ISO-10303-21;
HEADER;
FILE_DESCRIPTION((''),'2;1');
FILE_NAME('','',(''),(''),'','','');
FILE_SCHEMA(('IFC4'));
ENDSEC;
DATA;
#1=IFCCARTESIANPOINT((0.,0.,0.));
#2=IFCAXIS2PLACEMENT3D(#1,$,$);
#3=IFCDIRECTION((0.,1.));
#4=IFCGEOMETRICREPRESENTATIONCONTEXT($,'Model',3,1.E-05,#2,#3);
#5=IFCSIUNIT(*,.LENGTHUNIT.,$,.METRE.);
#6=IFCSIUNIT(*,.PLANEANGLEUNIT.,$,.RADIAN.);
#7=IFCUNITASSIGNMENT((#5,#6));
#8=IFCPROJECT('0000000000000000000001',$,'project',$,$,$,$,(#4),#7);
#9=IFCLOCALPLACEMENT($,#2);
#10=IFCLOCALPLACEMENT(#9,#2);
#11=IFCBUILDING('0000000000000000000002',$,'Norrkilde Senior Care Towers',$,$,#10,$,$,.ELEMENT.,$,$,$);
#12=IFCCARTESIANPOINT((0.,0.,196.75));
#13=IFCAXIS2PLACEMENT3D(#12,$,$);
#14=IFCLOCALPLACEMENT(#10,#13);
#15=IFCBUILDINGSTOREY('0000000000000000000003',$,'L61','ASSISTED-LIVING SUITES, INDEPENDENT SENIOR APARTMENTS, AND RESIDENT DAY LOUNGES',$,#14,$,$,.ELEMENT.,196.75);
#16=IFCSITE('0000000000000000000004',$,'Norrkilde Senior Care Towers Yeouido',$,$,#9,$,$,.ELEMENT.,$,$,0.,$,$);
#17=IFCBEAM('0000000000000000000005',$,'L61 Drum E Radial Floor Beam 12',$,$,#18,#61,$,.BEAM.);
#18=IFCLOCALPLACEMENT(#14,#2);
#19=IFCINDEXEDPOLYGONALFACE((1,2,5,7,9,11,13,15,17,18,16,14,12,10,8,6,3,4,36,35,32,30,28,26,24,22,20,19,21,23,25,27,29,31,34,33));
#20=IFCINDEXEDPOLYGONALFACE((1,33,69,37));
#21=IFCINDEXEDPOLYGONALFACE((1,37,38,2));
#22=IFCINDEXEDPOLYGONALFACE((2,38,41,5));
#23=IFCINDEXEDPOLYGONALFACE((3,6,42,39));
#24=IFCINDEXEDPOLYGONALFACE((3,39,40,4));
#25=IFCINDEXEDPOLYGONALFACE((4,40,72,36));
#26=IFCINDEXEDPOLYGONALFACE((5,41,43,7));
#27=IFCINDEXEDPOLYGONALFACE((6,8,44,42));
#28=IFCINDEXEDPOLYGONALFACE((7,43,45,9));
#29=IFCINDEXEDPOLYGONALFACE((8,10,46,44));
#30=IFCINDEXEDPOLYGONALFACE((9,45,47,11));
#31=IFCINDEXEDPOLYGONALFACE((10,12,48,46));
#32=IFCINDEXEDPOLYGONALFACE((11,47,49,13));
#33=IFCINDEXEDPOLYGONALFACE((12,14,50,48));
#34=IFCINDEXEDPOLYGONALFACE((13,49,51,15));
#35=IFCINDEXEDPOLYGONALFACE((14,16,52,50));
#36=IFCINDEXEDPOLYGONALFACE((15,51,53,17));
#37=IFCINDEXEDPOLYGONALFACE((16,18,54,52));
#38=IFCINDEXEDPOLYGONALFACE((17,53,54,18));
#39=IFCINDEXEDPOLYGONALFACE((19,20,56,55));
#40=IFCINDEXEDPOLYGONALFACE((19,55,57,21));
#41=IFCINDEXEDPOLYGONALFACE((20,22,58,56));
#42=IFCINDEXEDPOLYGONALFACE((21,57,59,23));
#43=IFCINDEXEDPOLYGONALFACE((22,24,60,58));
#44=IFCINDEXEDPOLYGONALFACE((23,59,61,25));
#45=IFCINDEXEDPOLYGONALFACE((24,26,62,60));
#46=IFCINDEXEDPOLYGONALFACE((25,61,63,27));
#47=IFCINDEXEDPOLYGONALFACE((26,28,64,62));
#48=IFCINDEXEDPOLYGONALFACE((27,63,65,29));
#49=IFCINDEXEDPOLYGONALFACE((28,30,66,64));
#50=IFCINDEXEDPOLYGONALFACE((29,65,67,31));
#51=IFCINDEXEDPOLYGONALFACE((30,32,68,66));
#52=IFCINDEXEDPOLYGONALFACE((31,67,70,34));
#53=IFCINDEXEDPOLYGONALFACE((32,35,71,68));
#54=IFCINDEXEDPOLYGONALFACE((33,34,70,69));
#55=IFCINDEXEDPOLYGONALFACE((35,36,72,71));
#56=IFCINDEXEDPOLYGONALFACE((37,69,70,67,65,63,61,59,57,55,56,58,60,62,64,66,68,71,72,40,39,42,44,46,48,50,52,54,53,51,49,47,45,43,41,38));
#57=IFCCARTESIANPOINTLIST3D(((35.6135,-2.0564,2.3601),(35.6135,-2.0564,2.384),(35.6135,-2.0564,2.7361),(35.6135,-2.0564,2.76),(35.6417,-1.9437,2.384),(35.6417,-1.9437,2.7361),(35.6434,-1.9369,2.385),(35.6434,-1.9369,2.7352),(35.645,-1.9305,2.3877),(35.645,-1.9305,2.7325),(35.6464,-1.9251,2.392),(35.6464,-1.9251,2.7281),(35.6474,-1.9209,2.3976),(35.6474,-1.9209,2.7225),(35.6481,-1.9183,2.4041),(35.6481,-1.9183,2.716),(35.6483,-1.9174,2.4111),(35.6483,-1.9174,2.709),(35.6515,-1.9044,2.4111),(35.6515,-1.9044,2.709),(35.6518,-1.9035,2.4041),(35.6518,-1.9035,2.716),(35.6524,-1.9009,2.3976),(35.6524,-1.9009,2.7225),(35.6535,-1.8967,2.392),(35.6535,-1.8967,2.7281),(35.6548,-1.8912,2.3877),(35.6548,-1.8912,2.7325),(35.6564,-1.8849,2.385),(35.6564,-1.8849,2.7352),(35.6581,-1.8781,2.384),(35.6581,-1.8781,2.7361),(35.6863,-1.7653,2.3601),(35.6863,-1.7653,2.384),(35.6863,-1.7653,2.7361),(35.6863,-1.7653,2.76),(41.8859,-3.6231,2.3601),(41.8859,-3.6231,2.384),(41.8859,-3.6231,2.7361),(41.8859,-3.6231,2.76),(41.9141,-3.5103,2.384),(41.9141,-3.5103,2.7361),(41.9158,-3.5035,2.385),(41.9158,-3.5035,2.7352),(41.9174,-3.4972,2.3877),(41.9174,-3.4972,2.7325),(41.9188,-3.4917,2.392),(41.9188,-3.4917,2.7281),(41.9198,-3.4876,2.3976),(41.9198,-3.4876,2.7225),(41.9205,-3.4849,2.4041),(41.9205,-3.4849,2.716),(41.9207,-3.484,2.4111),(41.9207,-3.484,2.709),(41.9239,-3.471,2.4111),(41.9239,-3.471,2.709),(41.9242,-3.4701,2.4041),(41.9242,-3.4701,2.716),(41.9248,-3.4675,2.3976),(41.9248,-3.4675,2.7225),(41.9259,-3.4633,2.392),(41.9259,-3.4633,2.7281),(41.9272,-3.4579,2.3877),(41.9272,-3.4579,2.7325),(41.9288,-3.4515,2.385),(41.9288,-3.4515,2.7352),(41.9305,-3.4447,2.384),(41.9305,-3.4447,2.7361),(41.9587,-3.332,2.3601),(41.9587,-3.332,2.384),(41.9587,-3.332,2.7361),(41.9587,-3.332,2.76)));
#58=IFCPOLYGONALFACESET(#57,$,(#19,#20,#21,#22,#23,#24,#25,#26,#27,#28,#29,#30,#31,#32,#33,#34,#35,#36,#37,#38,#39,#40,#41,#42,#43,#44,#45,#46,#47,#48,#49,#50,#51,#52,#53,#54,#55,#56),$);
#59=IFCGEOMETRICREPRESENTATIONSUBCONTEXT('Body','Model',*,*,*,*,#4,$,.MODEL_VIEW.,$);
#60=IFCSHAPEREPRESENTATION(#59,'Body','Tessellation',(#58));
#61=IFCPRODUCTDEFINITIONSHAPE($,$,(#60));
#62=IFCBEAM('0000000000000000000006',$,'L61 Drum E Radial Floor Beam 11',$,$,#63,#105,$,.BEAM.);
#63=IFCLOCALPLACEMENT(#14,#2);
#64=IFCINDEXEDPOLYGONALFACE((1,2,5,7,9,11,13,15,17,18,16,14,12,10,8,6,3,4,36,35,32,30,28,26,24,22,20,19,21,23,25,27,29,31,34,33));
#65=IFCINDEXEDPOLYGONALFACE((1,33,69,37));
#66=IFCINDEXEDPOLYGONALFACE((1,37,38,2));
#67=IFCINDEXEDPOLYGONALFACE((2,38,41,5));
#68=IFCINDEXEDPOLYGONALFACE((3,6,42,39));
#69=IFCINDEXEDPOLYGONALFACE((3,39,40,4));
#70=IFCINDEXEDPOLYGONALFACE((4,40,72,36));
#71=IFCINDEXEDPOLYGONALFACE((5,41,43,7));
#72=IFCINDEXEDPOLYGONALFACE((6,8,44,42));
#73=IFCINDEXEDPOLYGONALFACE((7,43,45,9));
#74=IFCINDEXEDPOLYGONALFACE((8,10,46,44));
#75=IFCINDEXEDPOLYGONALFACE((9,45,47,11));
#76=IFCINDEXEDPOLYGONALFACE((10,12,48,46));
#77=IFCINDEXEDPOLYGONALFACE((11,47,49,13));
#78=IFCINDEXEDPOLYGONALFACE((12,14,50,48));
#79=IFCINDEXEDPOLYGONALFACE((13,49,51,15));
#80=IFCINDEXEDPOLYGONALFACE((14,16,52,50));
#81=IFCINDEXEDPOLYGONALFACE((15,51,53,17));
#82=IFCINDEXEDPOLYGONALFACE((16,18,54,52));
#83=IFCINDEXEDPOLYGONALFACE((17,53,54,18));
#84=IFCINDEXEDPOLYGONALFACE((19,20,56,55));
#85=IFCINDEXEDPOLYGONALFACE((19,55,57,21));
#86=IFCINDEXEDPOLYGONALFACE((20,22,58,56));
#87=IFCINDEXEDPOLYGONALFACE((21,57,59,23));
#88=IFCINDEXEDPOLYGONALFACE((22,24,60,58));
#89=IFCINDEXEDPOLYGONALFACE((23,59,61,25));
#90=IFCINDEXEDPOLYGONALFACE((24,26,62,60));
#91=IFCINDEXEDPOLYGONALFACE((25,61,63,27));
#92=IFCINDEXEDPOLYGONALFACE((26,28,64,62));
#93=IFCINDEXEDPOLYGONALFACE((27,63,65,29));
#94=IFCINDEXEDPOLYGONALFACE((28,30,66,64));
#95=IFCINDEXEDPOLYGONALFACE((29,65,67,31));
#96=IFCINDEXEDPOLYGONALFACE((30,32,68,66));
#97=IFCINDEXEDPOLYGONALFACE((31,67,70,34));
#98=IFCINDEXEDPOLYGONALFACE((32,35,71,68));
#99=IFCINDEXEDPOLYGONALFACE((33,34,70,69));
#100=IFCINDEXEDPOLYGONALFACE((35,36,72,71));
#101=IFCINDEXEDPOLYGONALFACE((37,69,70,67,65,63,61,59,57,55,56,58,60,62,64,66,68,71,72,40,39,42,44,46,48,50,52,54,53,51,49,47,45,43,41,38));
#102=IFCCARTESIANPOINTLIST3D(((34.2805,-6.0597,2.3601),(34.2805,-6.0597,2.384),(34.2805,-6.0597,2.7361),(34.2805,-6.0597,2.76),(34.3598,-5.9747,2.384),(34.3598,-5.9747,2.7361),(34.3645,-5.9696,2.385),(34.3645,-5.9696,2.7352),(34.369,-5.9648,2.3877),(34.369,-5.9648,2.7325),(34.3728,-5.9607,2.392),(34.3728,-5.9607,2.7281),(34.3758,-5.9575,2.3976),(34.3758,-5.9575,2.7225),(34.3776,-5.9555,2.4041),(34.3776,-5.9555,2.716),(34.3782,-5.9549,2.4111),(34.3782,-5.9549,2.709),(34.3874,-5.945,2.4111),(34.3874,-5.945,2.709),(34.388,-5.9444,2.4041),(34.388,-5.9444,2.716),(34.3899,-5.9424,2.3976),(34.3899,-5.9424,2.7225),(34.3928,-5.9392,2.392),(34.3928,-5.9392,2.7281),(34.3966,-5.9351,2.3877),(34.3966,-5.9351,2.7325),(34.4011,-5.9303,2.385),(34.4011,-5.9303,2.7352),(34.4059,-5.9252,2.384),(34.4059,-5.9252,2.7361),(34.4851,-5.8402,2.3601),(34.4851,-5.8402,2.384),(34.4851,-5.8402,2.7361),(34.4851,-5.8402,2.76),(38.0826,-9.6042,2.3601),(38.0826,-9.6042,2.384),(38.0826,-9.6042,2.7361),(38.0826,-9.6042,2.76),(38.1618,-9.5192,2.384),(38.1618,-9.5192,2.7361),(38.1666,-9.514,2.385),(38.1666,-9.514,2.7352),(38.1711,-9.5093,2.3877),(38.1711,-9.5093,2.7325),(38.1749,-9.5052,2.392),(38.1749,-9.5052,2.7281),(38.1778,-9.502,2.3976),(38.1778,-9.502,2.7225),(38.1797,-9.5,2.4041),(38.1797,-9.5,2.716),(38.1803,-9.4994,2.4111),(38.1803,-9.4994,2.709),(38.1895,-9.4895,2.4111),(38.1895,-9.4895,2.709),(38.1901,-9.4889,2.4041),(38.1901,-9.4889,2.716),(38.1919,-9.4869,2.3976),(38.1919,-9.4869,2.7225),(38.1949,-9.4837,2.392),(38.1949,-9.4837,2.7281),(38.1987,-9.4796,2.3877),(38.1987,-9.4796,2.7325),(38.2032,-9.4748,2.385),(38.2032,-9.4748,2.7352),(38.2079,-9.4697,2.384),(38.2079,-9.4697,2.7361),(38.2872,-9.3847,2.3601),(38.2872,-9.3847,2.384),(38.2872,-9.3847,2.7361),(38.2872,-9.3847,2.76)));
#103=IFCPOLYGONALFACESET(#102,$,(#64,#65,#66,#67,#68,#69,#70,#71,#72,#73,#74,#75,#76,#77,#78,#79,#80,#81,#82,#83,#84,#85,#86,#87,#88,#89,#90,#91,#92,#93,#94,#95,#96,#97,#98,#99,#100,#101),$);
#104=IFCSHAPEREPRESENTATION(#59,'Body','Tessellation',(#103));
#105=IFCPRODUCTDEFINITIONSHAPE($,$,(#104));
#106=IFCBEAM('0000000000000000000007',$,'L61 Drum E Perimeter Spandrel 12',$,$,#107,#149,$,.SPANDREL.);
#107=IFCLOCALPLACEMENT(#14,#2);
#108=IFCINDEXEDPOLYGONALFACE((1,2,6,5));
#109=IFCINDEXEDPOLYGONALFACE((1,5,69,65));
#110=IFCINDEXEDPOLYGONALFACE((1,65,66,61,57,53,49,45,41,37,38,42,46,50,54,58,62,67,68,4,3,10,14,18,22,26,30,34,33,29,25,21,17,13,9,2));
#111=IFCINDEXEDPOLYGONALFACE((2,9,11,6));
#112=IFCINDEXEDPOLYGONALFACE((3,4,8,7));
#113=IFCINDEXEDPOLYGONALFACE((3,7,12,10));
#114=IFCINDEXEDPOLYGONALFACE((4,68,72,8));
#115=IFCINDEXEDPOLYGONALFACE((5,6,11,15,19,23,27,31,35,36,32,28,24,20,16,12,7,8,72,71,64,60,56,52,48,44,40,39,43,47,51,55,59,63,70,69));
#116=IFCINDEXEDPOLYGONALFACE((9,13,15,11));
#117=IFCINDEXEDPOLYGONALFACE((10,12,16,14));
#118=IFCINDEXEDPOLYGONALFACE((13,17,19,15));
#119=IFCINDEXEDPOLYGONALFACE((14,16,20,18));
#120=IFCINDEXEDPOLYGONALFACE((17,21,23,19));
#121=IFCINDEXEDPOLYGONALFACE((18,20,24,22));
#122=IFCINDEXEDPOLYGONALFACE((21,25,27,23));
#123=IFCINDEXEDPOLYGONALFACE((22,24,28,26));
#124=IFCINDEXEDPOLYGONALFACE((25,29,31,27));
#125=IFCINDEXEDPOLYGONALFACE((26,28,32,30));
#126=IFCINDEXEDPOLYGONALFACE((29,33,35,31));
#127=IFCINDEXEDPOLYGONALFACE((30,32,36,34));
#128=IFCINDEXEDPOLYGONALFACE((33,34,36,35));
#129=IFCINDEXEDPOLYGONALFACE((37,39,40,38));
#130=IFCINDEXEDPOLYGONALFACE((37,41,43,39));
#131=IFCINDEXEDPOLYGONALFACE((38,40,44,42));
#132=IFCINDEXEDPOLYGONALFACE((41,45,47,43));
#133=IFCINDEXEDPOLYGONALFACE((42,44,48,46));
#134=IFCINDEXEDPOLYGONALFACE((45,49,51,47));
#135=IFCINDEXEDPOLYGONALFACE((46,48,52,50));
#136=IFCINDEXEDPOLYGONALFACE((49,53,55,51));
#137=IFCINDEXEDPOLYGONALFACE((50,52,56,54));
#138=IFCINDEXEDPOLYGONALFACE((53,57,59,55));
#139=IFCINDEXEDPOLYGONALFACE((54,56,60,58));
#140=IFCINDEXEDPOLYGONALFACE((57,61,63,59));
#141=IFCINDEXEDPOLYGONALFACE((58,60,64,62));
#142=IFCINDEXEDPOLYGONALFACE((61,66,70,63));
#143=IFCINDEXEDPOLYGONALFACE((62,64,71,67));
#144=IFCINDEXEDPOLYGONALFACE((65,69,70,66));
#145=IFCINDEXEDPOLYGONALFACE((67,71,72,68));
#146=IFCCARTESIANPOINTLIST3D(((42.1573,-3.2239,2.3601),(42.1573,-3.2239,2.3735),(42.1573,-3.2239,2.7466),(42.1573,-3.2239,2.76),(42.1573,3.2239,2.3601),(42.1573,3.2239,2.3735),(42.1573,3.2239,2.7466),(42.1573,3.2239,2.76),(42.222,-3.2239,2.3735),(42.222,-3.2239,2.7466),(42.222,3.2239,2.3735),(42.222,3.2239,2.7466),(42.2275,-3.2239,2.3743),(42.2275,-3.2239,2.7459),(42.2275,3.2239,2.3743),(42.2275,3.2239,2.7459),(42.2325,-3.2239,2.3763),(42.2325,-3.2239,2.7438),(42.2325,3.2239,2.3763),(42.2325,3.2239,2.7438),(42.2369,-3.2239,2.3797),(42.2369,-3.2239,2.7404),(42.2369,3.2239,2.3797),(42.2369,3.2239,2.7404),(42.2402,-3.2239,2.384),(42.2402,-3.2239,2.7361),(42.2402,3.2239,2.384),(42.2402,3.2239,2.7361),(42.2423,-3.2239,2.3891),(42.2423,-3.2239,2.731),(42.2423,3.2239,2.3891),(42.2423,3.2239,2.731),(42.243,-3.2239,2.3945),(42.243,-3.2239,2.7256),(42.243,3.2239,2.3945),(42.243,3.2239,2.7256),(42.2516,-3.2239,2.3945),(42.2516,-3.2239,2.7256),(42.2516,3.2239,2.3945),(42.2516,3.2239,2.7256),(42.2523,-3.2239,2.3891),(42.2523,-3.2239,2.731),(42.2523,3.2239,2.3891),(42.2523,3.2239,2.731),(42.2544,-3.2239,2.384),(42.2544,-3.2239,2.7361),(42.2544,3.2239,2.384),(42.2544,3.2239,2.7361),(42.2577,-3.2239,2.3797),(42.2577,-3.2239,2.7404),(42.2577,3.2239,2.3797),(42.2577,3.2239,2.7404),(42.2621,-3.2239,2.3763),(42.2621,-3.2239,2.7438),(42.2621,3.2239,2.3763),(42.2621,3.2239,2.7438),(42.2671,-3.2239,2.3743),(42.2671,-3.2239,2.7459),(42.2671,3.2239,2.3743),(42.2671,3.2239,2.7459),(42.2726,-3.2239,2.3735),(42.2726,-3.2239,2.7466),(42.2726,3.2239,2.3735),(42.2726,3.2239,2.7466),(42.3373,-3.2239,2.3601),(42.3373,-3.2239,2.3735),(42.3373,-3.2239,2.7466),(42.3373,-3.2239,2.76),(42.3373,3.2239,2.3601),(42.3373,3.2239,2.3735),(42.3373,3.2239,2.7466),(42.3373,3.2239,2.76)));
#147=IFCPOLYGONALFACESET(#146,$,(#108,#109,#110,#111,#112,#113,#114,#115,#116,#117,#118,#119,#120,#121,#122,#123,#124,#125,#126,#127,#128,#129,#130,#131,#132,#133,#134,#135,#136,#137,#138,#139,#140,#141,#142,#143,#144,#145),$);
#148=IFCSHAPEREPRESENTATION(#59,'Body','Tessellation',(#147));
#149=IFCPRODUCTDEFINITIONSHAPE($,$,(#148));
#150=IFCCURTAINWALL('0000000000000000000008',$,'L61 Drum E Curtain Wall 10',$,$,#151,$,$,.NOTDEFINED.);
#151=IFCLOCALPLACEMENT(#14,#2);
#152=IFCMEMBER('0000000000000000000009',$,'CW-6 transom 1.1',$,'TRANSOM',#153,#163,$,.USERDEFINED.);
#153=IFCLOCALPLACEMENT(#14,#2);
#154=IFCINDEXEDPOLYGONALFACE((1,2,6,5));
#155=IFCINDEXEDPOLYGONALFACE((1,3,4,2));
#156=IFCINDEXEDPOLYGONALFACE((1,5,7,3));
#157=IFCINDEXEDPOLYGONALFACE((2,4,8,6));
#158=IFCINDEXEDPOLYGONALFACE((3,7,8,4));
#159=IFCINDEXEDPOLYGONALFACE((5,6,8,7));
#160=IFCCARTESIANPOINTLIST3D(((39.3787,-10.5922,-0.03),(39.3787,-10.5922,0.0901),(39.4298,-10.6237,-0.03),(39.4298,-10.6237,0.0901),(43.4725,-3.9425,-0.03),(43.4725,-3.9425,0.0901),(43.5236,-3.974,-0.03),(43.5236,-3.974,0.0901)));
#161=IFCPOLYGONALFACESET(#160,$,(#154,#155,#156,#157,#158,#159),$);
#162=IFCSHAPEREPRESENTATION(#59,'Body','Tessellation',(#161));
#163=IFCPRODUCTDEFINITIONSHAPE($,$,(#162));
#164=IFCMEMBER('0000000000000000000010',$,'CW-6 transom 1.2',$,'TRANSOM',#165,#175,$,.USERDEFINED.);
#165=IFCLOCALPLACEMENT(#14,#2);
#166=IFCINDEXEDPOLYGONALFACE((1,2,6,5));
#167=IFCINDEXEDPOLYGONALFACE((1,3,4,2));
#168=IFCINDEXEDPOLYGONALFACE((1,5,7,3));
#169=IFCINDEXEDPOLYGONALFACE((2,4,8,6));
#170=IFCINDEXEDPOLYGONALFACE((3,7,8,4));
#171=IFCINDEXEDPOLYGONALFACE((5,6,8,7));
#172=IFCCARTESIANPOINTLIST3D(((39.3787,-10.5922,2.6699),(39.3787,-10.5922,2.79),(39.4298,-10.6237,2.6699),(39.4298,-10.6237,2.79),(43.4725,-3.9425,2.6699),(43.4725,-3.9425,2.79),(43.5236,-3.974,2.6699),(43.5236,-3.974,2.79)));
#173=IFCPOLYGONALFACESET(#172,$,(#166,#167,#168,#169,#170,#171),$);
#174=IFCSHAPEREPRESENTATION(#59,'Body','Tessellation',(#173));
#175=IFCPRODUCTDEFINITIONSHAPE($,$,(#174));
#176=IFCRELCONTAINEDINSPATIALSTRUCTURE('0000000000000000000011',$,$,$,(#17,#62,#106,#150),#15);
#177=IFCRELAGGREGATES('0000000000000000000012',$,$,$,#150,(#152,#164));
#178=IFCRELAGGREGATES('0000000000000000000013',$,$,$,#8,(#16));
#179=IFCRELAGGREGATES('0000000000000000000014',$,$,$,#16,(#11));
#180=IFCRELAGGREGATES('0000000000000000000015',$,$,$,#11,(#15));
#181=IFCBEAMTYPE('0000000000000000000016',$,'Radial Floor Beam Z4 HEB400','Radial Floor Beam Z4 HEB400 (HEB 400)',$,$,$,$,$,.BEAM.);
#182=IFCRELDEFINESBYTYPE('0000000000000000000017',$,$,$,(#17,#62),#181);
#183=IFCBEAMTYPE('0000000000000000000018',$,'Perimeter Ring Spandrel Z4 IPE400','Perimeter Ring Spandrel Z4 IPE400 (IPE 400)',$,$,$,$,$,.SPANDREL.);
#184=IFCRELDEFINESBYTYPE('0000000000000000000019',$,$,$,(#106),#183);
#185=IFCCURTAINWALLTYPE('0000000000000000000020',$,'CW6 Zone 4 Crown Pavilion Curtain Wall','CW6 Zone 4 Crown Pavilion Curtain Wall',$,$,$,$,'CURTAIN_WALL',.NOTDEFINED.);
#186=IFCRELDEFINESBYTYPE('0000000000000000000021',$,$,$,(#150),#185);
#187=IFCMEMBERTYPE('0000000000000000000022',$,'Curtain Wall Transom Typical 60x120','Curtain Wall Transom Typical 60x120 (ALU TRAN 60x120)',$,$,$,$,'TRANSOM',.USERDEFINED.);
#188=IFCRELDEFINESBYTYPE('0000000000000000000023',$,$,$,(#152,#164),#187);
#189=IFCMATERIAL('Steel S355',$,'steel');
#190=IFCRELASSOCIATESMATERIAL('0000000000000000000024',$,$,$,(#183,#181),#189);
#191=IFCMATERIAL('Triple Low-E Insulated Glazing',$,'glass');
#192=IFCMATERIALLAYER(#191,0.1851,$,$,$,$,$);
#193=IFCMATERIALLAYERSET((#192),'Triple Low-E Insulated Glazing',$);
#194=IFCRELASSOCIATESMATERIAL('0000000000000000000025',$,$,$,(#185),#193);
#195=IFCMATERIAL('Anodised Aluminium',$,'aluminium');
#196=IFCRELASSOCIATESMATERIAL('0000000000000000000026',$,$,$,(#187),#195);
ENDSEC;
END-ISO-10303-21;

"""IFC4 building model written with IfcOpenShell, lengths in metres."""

from ifc_helpers import new_model, si_unit, direction, frame, origin, origin_2d, place, context, subcontext, project, spatial, rectangle, i_section, extrude, source, transform, mapped, material, layer, layer_set, material_profile, profile_set, type_object, type_shapes, element, aggregate, save


model = new_model("IFC4")

# Units and contexts
model_context = context("Model", 3, precision=1e-05, world=origin(), true_north=direction((0.0, 1.0)))
body_context = subcontext(model_context, "Body", "Model", "MODEL_VIEW")
ifc_project = project(units=[si_unit("LENGTHUNIT", "METRE"), si_unit("PLANEANGLEUNIT", "RADIAN")], contexts=[model_context])

# Site, building, storey
site_placement = place(None, origin())
site = spatial("IfcSite", under=ifc_project, at=site_placement, Name="Norrkilde Senior Care Towers Yeouido", CompositionType="ELEMENT", RefElevation=0.0)
building_placement = place(site_placement, origin())
building = spatial("IfcBuilding", under=site, at=building_placement, Name="Norrkilde Senior Care Towers", CompositionType="ELEMENT")
storey_placement = place(building_placement, frame((0.0, 0.0, 196.75)))
storey = spatial("IfcBuildingStorey", under=building, at=storey_placement, Name="L61", Description="ASSISTED-LIVING SUITES, INDEPENDENT SENIOR APARTMENTS, AND RESIDENT DAY LOUNGES", CompositionType="ELEMENT", Elevation=196.75)

# Beams
ifc_material_1 = material(Name="Steel S355", Category="steel")
ifc_material_profile_1 = material_profile(ifc_material_1, i_section(OverallWidth=0.1799, OverallDepth=0.3999, WebThickness=0.0085, FlangeThickness=0.0134, FilletRadius=0.021, at=origin_2d()), Name="IPE 400")
ifc_profile_set_1 = profile_set([ifc_material_profile_1], Name="Steel S355")
beam_type_1 = type_object("IfcBeamType", Name="Perimeter Ring Spandrel Z4 IPE400", Description="Perimeter Ring Spandrel Z4 IPE400 (IPE 400)", PredefinedType="SPANDREL", material=ifc_profile_set_1)
ifc_material_profile_2 = material_profile(ifc_material_1, i_section(OverallWidth=0.3, OverallDepth=0.3999, WebThickness=0.0134, FlangeThickness=0.0239, FilletRadius=0.0271, at=origin_2d()), Name="HEB 400")
ifc_profile_set_2 = profile_set([ifc_material_profile_2], Name="Steel S355")
beam_type_2 = type_object("IfcBeamType", Name="Radial Floor Beam Z4 HEB400", Description="Radial Floor Beam Z4 HEB400 (HEB 400)", PredefinedType="BEAM", material=ifc_profile_set_2)
shared_shape_1 = source(origin(), body_context, "Body", "SweptSolid", [
    extrude(i_section(OverallWidth=0.3, OverallDepth=0.3999, WebThickness=0.0134, FlangeThickness=0.0239, FilletRadius=0.0271, at=origin_2d()), origin(), (0.0, 0.0, 1.0), 6.4651),
])
beam_1_placement = place(storey_placement, frame((35.6499, -1.9109, 2.5601), z_axis=(0.970196, -0.242322, 0.0), x_axis=(0.242322, 0.970196, 0.0)))
element("IfcBeam", 1, at=beam_1_placement, inside=storey, type_object=beam_type_2, Name="L61 Drum E Radial Floor Beam 12", PredefinedType="BEAM", context=body_context, shape_type="MappedRepresentation", body=[
    mapped(shared_shape_1, transform((0.0, 0.0, 0.0), x_axis=(1.0, 0.0, 0.0), y_axis=(0.0, 1.0, 0.0), z_axis=(0.0, 0.0, 1.0), scale=1.0)),
])
shared_shape_2 = source(origin(), body_context, "Body", "SweptSolid", [
    extrude(i_section(OverallWidth=0.3, OverallDepth=0.3999, WebThickness=0.0134, FlangeThickness=0.0239, FilletRadius=0.0271, at=origin_2d()), origin(), (0.0, 0.0, 1.0), 5.198),
])
type_shapes(beam_type_2, [shared_shape_1, shared_shape_2])
beam_2_placement = place(storey_placement, frame((34.3828, -5.95, 2.5601), z_axis=(0.731449, -0.681896, 0.0), x_axis=(0.681896, 0.731449, 0.0)))
element("IfcBeam", 2, at=beam_2_placement, inside=storey, type_object=beam_type_2, Name="L61 Drum E Radial Floor Beam 11", PredefinedType="BEAM", context=body_context, shape_type="MappedRepresentation", body=[
    mapped(shared_shape_2, transform((0.0, 0.0, 0.0), x_axis=(1.0, 0.0, 0.0), y_axis=(0.0, 1.0, 0.0), z_axis=(0.0, 0.0, 1.0), scale=1.0)),
])
shared_shape_3 = source(origin(), body_context, "Body", "SweptSolid", [
    extrude(i_section(OverallWidth=0.1799, OverallDepth=0.3999, WebThickness=0.0085, FlangeThickness=0.0134, FilletRadius=0.021, at=origin_2d()), origin(), (0.0, 0.0, 1.0), 6.4478),
])
beam_3_placement = place(storey_placement, frame((42.2473, -3.2239, 2.5601), z_axis=(0.0, 1.0, 0.0), x_axis=(-1.0, 0.0, 0.0)))
element("IfcBeam", 3, at=beam_3_placement, inside=storey, type_object=beam_type_1, Name="L61 Drum E Perimeter Spandrel 12", PredefinedType="SPANDREL", context=body_context, shape_type="MappedRepresentation", body=[
    mapped(shared_shape_3, transform((0.0, 0.0, 0.0), x_axis=(1.0, 0.0, 0.0), y_axis=(0.0, 1.0, 0.0), z_axis=(0.0, 0.0, 1.0), scale=1.0)),
])

# Curtain wall, members
ifc_material_2 = material(Name="Triple Low-E Insulated Glazing", Category="glass")
ifc_layer_1 = layer(ifc_material_2, 0.1851)
ifc_layer_set_1 = layer_set([ifc_layer_1], Name="Triple Low-E Insulated Glazing")
curtain_wall_type = type_object("IfcCurtainWallType", Name="CW6 Zone 4 Crown Pavilion Curtain Wall", Description="CW6 Zone 4 Crown Pavilion Curtain Wall", ElementType="CURTAIN_WALL", PredefinedType="NOTDEFINED", material=ifc_layer_set_1)
curtain_wall_1_placement = place(storey_placement, origin())
curtain_wall_1 = element("IfcCurtainWall", 4, at=curtain_wall_1_placement, inside=storey, type_object=curtain_wall_type, Name="L61 Drum E Curtain Wall 10", PredefinedType="NOTDEFINED")
ifc_material_3 = material(Name="Anodised Aluminium", Category="aluminium")
ifc_material_profile_3 = material_profile(ifc_material_3, rectangle(XDim=0.0601, YDim=0.1201, at=origin_2d()), Name="ALU TRAN 60x120")
ifc_profile_set_3 = profile_set([ifc_material_profile_3], Name="Anodised Aluminium")
member_type_1 = type_object("IfcMemberType", Name="Curtain Wall Transom Typical 60x120", Description="Curtain Wall Transom Typical 60x120 (ALU TRAN 60x120)", ElementType="TRANSOM", PredefinedType="USERDEFINED", material=ifc_profile_set_3)
shared_shape_4 = source(origin(), body_context, "Body", "SweptSolid", [
    extrude(rectangle(XDim=0.0601, YDim=0.1201, at=origin_2d()), origin(), (0.0, 0.0, 1.0), 7.8088),
])
member_1_placement = place(storey_placement, frame((43.498, -3.9583, 0.03), z_axis=(-0.524251, -0.851564, 0.0), x_axis=(0.851564, -0.524251, 0.0)))
member_1 = element("IfcMember", 5, at=member_1_placement, type_object=member_type_1, Name="CW-6 transom 1.1", ObjectType="TRANSOM", PredefinedType="USERDEFINED", context=body_context, shape_type="MappedRepresentation", body=[
    mapped(shared_shape_4, transform((0.0, 0.0, 0.0), x_axis=(1.0, 0.0, 0.0), y_axis=(0.0, 1.0, 0.0), z_axis=(0.0, 0.0, 1.0), scale=1.0)),
])
member_2_placement = place(storey_placement, frame((43.498, -3.9583, 2.73), z_axis=(-0.524251, -0.851564, 0.0), x_axis=(0.851564, -0.524251, 0.0)))
member_2 = element("IfcMember", 6, at=member_2_placement, type_object=member_type_1, Name="CW-6 transom 1.2", ObjectType="TRANSOM", PredefinedType="USERDEFINED", context=body_context, shape_type="MappedRepresentation", body=[
    mapped(shared_shape_4, transform((0.0, 0.0, 0.0), x_axis=(1.0, 0.0, 0.0), y_axis=(0.0, 1.0, 0.0), z_axis=(0.0, 0.0, 1.0), scale=1.0)),
])

aggregate(curtain_wall_1, [member_1, member_2])

save(model, "model.ifc")
